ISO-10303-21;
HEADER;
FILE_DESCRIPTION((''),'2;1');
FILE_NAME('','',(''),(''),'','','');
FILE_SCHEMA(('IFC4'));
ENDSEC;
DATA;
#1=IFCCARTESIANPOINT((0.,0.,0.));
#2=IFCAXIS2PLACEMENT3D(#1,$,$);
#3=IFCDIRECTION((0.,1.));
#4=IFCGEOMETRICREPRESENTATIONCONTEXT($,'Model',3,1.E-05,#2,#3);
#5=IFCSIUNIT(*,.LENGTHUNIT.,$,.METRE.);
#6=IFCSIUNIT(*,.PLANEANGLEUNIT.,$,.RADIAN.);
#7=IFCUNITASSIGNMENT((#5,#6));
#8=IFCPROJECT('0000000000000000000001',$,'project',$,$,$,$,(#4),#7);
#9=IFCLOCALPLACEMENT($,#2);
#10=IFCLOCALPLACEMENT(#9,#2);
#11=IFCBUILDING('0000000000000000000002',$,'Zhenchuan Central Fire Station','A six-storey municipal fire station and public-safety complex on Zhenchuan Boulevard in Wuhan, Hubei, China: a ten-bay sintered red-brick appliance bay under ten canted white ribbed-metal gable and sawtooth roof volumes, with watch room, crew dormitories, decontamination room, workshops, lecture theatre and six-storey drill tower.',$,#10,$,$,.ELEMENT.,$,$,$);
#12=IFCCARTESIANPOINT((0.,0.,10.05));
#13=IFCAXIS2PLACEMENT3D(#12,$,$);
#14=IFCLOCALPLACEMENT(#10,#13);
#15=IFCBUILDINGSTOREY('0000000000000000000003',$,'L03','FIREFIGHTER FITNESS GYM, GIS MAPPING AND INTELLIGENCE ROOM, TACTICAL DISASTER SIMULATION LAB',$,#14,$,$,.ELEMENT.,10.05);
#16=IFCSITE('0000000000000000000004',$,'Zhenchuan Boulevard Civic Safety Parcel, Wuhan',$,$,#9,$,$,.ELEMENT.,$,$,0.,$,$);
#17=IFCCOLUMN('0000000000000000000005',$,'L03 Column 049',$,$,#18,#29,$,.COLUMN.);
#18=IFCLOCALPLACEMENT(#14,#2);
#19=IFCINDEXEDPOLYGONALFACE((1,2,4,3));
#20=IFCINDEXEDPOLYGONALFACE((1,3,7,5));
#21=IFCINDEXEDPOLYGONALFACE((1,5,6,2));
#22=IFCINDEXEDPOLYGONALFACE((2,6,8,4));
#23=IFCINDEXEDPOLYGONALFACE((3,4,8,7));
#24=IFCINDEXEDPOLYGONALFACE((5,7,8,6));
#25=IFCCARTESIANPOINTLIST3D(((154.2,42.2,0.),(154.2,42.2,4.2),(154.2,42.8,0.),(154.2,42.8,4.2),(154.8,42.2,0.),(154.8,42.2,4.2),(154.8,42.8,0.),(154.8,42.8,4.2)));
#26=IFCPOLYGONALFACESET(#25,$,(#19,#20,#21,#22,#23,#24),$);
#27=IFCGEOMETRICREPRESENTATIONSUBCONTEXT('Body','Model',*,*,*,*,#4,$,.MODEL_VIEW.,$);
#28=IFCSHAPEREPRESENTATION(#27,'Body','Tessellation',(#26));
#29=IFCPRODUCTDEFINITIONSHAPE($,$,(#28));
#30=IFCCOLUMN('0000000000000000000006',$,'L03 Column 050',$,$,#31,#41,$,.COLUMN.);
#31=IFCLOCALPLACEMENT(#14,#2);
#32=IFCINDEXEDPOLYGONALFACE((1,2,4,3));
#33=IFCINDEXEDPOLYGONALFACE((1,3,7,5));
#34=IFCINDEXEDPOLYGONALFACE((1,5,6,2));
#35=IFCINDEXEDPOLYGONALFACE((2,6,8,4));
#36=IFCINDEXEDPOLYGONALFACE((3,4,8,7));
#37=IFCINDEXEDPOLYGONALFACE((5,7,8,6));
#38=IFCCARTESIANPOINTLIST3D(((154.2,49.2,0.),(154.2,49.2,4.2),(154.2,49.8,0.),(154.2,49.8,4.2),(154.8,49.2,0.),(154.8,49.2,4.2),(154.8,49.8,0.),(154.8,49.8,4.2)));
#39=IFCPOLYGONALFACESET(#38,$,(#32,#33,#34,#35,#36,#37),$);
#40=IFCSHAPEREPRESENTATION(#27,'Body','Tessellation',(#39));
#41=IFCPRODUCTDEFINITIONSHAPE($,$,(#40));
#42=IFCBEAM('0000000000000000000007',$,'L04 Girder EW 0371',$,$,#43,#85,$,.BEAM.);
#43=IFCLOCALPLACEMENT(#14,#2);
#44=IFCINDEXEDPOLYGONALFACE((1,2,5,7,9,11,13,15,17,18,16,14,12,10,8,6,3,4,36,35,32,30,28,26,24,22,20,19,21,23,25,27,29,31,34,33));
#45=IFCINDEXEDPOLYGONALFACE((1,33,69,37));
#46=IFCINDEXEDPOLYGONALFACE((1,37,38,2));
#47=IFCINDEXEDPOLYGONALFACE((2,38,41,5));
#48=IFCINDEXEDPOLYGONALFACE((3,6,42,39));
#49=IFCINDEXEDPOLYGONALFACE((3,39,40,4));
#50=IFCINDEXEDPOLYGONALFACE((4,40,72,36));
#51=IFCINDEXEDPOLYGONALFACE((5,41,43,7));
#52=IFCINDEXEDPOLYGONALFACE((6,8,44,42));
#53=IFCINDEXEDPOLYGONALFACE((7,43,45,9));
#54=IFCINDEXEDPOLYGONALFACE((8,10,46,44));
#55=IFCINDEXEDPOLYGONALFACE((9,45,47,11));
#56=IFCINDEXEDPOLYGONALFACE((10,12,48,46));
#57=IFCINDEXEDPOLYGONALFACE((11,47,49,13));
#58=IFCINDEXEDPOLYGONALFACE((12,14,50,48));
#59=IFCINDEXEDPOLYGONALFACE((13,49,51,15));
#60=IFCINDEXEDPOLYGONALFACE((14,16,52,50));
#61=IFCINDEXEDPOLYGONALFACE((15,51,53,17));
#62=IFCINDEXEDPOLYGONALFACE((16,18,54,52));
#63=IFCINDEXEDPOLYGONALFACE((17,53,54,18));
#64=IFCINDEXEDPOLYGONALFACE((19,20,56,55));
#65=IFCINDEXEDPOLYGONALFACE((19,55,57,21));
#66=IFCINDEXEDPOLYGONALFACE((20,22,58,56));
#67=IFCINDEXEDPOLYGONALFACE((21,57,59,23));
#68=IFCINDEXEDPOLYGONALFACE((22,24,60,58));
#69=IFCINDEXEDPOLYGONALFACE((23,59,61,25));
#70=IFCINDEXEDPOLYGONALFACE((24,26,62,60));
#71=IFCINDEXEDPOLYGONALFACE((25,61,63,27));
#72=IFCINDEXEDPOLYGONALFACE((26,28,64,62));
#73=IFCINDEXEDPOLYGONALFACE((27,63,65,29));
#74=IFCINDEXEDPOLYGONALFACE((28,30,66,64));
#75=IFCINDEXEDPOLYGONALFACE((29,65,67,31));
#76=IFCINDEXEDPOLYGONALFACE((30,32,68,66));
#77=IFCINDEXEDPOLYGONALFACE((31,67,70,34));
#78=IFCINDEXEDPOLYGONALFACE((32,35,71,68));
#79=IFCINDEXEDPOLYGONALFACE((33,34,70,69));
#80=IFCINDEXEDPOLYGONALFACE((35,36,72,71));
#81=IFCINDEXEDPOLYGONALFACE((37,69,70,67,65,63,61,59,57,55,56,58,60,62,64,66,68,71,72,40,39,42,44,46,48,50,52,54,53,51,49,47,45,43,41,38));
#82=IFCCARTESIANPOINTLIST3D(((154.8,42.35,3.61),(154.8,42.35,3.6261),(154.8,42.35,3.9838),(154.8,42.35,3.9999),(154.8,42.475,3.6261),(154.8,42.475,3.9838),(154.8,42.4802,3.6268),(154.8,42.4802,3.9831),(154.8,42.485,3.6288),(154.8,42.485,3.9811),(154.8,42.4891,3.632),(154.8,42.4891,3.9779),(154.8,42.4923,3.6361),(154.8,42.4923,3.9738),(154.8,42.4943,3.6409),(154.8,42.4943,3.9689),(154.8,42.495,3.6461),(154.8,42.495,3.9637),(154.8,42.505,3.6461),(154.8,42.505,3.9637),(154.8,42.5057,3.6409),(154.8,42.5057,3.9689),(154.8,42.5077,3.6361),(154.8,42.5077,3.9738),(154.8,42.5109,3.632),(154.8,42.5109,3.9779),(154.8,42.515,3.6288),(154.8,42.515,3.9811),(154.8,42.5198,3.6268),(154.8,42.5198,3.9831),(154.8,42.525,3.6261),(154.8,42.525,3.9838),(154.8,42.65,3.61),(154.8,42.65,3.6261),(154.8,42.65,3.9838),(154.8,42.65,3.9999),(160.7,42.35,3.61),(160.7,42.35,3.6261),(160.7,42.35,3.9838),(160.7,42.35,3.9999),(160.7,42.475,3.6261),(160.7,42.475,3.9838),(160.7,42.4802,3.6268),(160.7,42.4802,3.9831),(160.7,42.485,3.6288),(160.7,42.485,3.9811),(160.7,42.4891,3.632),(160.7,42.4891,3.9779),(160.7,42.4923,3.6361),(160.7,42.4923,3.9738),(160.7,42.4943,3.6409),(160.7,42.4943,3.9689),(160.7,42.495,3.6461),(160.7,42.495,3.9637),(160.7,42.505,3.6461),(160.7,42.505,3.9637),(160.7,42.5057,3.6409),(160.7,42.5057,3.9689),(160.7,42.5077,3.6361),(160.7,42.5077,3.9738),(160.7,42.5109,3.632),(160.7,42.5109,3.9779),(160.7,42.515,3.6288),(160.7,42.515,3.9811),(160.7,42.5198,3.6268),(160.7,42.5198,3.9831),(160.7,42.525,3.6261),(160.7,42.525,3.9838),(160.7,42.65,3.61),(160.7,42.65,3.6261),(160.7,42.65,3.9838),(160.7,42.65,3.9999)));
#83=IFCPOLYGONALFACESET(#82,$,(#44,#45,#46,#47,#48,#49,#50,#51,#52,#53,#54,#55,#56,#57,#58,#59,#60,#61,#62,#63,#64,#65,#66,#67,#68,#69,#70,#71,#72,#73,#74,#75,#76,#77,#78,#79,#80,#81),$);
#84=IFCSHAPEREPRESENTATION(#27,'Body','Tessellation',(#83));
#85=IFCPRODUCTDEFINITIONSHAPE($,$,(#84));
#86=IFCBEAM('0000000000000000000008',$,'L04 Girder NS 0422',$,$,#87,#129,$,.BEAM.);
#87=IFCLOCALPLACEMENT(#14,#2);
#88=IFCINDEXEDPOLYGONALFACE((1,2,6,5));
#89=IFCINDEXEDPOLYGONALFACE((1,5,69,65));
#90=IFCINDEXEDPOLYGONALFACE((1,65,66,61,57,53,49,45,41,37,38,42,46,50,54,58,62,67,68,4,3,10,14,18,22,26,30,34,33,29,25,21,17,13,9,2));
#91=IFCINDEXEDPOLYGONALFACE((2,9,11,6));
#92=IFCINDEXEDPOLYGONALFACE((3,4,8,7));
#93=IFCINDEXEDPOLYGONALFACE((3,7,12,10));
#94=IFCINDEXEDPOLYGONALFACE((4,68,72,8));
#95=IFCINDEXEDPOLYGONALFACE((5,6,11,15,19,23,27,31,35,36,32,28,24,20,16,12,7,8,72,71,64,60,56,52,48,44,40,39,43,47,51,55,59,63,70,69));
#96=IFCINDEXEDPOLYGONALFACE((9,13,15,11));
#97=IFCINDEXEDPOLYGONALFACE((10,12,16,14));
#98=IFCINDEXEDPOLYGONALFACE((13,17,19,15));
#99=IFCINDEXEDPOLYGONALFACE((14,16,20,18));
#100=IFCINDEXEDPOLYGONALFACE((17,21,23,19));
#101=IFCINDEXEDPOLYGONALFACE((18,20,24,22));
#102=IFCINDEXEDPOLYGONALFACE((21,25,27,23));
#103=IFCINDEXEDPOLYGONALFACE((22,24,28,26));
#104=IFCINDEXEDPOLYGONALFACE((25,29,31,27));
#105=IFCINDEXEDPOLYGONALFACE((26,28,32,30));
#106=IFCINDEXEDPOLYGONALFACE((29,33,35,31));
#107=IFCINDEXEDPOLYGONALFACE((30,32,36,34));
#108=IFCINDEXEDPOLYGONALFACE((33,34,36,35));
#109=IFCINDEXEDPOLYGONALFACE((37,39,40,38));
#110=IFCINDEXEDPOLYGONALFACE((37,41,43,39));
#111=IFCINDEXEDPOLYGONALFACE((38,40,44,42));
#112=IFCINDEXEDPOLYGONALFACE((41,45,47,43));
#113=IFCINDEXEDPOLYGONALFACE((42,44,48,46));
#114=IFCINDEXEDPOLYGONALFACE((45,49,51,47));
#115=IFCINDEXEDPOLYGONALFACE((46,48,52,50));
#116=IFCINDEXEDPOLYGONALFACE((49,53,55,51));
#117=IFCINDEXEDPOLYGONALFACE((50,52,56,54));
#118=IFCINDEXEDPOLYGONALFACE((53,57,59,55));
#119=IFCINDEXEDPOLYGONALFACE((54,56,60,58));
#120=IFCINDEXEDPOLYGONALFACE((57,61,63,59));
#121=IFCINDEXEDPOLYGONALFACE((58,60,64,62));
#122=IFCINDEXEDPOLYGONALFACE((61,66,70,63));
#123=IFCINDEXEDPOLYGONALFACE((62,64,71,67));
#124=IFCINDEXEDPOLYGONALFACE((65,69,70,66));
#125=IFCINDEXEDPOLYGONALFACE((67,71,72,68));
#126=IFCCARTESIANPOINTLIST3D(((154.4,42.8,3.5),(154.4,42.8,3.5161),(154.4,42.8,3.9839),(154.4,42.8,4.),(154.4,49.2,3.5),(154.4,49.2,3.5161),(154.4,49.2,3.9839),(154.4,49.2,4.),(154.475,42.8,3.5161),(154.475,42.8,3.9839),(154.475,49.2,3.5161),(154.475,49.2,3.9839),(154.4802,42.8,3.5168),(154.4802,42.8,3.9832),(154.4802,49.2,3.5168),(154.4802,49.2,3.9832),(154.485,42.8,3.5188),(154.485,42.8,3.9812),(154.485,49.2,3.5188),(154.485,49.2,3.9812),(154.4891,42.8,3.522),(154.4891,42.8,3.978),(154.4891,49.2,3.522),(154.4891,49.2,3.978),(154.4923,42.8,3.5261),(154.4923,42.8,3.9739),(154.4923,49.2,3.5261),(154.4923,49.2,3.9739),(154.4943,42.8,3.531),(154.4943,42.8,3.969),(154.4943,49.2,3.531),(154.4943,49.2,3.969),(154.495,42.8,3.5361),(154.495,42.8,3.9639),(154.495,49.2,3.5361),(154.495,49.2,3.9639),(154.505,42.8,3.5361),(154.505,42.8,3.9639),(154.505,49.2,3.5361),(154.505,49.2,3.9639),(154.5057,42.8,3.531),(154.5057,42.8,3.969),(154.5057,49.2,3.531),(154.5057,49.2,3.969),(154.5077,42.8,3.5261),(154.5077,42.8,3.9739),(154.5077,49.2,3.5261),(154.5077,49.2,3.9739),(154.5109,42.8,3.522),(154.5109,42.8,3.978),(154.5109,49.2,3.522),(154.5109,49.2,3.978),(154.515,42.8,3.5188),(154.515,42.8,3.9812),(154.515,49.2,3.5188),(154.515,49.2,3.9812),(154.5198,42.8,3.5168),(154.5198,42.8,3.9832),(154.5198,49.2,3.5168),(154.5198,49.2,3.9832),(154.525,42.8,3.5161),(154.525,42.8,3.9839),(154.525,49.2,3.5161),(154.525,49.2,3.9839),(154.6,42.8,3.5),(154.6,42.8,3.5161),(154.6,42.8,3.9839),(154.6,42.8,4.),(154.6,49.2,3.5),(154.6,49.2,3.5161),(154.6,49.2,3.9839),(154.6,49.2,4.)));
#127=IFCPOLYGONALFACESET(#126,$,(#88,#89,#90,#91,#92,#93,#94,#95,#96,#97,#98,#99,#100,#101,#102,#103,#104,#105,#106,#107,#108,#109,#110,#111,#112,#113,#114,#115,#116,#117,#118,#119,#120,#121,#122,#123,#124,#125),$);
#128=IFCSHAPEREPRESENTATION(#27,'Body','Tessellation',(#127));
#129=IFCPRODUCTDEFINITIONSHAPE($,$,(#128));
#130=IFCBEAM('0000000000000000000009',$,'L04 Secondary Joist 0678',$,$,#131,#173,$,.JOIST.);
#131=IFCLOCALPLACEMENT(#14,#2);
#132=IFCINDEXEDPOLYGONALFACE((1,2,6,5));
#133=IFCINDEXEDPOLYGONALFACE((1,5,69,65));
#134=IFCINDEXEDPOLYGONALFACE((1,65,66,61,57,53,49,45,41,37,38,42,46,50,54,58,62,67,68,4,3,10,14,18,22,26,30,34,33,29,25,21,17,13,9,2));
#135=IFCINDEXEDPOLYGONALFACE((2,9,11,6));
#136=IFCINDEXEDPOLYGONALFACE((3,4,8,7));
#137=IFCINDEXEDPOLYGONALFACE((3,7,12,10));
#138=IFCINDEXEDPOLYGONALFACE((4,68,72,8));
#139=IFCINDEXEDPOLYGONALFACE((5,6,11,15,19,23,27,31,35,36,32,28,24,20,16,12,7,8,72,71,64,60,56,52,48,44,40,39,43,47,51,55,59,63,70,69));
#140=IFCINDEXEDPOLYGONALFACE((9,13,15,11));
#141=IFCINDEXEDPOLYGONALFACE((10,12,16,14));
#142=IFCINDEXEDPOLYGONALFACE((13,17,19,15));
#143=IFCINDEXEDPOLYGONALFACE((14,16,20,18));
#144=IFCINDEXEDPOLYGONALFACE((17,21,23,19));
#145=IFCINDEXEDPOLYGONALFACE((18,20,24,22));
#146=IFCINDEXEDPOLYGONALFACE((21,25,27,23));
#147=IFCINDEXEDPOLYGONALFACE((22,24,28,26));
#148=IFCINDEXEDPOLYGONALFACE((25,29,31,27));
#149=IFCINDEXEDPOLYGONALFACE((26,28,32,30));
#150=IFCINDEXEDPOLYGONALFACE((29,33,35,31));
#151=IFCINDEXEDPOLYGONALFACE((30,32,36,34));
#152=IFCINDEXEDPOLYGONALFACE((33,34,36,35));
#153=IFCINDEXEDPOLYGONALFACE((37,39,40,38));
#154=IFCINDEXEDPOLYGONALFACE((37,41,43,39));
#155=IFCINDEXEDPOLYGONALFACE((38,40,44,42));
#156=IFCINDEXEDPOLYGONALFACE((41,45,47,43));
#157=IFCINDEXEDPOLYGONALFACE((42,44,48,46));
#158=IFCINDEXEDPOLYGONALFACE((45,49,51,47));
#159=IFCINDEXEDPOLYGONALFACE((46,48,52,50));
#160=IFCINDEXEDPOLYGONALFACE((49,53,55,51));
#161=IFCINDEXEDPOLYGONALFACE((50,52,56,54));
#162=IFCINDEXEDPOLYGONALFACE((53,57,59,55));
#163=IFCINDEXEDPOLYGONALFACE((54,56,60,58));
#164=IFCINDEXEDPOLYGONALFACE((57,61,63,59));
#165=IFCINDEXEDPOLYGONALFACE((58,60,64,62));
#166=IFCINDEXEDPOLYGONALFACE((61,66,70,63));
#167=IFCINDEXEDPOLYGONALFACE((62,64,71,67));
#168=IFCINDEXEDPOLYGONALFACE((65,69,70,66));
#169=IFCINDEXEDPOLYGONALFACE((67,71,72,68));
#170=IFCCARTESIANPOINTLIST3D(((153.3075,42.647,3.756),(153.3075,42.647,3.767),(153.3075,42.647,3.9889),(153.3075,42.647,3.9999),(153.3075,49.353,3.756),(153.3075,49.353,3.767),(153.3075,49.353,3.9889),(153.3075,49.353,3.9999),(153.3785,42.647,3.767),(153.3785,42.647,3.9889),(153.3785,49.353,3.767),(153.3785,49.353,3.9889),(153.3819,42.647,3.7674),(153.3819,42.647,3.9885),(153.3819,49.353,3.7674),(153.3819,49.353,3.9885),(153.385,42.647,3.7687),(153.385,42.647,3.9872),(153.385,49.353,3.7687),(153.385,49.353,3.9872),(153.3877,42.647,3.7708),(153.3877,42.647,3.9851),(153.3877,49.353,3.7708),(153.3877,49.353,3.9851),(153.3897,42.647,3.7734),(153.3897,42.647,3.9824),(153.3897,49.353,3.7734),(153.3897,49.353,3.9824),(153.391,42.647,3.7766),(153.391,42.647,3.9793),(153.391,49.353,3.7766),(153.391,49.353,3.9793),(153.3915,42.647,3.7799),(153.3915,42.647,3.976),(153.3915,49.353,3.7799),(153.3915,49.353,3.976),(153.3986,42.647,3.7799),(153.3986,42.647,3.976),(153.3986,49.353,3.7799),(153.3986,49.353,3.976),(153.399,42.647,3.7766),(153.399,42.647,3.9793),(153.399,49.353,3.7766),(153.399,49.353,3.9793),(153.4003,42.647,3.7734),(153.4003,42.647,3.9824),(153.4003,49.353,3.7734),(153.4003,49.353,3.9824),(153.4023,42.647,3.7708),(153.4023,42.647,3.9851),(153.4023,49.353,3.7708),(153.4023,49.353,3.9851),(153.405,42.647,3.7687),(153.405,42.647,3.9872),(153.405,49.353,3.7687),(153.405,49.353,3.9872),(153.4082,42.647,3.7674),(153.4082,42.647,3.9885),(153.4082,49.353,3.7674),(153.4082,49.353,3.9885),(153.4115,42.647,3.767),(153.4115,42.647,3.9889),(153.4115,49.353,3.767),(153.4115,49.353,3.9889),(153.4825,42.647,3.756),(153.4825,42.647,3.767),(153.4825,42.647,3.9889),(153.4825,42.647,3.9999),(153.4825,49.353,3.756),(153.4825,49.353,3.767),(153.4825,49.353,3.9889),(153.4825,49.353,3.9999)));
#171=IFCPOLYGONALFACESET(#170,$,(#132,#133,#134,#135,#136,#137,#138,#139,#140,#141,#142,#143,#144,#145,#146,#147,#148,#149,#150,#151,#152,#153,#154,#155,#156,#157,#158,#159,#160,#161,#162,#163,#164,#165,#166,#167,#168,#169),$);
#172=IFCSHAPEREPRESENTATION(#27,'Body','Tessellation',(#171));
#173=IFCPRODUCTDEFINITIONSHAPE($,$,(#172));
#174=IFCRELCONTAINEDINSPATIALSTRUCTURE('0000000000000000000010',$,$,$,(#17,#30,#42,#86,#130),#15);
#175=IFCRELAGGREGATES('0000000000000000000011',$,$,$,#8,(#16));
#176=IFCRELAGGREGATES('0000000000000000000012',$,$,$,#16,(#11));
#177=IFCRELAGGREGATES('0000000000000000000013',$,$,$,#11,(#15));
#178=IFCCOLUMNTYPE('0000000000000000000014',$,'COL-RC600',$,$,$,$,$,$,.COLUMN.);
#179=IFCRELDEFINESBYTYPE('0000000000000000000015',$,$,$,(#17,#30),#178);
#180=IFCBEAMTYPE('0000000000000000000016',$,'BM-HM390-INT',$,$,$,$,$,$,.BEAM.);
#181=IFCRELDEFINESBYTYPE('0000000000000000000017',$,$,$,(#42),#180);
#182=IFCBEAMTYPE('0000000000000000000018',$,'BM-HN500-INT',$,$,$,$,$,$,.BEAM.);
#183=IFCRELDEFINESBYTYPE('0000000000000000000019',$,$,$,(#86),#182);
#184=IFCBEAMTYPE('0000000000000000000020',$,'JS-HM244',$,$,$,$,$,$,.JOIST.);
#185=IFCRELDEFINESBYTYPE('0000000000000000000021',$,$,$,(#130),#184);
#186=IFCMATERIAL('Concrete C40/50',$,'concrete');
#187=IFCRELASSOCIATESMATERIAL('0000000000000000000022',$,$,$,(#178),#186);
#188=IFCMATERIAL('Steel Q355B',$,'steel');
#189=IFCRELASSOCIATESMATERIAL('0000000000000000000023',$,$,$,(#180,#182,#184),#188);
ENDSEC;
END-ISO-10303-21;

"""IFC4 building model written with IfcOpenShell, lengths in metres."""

from ifc_helpers import new_model, si_unit, direction, frame, origin, origin_2d, place, context, subcontext, project, spatial, rectangle, i_section, extrude, material, material_profile, profile_set, type_object, element, save


model = new_model("IFC4")

# Units and contexts
model_context = context("Model", 3, precision=1e-05, world=origin(), true_north=direction((0.0, 1.0)))
body_context = subcontext(model_context, "Body", "Model", "MODEL_VIEW")
ifc_project = project(units=[si_unit("LENGTHUNIT", "METRE"), si_unit("PLANEANGLEUNIT", "RADIAN")], contexts=[model_context])

# Site, building, storey
site_placement = place(None, origin())
site = spatial("IfcSite", under=ifc_project, at=site_placement, Name="Zhenchuan Boulevard Civic Safety Parcel, Wuhan", CompositionType="ELEMENT", RefElevation=0.0)
building_placement = place(site_placement, origin())
building = spatial("IfcBuilding", under=site, at=building_placement, Name="Zhenchuan Central Fire Station", Description="A six-storey municipal fire station and public-safety complex on Zhenchuan Boulevard in Wuhan, Hubei, China: a ten-bay sintered red-brick appliance bay under ten canted white ribbed-metal gable and sawtooth roof volumes, with watch room, crew dormitories, decontamination room, workshops, lecture theatre and six-storey drill tower.", CompositionType="ELEMENT")
storey_placement = place(building_placement, frame((0.0, 0.0, 10.05)))
storey = spatial("IfcBuildingStorey", under=building, at=storey_placement, Name="L03", Description="FIREFIGHTER FITNESS GYM, GIS MAPPING AND INTELLIGENCE ROOM, TACTICAL DISASTER SIMULATION LAB", CompositionType="ELEMENT", Elevation=10.05)

# Columns
ifc_material_1 = material(Name="Concrete C40/50", Category="concrete")
ifc_material_profile_1 = material_profile(ifc_material_1, rectangle(XDim=0.6001, YDim=0.6001, at=origin_2d()), Name="RC 600x600")
ifc_profile_set_1 = profile_set([ifc_material_profile_1], Name="Concrete C40/50")
column_type = type_object("IfcColumnType", Name="COL-RC600", PredefinedType="COLUMN", material=ifc_profile_set_1)
for number, where, z_axis, x_axis, name in (
    (1, (154.5, 42.5, 0.0), (0.0, 0.0, 1.0), (1.0, 0.0, 0.0), "L03 Column 049"),
    (2, (154.5, 49.5, 0.0), (0.0, 0.0, 1.0), (1.0, 0.0, 0.0), "L03 Column 050"),
):
    element("IfcColumn", number, at=place(storey_placement, frame(where, z_axis=z_axis, x_axis=x_axis)), inside=storey, type_object=column_type, Name=name, PredefinedType="COLUMN", context=body_context, shape_type="SweptSolid", body=[
        extrude(rectangle(XDim=0.6001, YDim=0.6001, at=origin_2d()), origin(), (0.0, 0.0, 1.0), 4.2),
    ])

# Beams
ifc_material_2 = material(Name="Steel Q355B", Category="steel")
ifc_material_profile_2 = material_profile(ifc_material_2, i_section(OverallWidth=0.3, OverallDepth=0.3899, WebThickness=0.01, FlangeThickness=0.0161, FilletRadius=0.02, at=origin_2d()), Name="HM 390x300")
ifc_profile_set_2 = profile_set([ifc_material_profile_2], Name="Steel Q355B")
beam_type_1 = type_object("IfcBeamType", Name="BM-HM390-INT", PredefinedType="BEAM", material=ifc_profile_set_2)
beam_1_placement = place(storey_placement, frame((154.8, 42.5, 3.8049), z_axis=(1.0, 0.0, 0.0), x_axis=(0.0, 1.0, 0.0)))
element("IfcBeam", 3, at=beam_1_placement, inside=storey, type_object=beam_type_1, Name="L04 Girder EW 0371", PredefinedType="BEAM", context=body_context, shape_type="SweptSolid", body=[
    extrude(i_section(OverallWidth=0.3, OverallDepth=0.3899, WebThickness=0.01, FlangeThickness=0.0161, FilletRadius=0.02, at=origin_2d()), origin(), (0.0, 0.0, 1.0), 5.8999),
])
ifc_material_profile_3 = material_profile(ifc_material_2, i_section(OverallWidth=0.2, OverallDepth=0.5, WebThickness=0.01, FlangeThickness=0.0161, FilletRadius=0.02, at=origin_2d()), Name="HN 500x200")
ifc_profile_set_3 = profile_set([ifc_material_profile_3], Name="Steel Q355B")
beam_type_2 = type_object("IfcBeamType", Name="BM-HN500-INT", PredefinedType="BEAM", material=ifc_profile_set_3)
beam_2_placement = place(storey_placement, frame((154.5, 42.8, 3.75), z_axis=(0.0, 1.0, 0.0), x_axis=(-1.0, 0.0, 0.0)))
element("IfcBeam", 4, at=beam_2_placement, inside=storey, type_object=beam_type_2, Name="L04 Girder NS 0422", PredefinedType="BEAM", context=body_context, shape_type="SweptSolid", body=[
    extrude(i_section(OverallWidth=0.2, OverallDepth=0.5, WebThickness=0.01, FlangeThickness=0.0161, FilletRadius=0.02, at=origin_2d()), origin(), (0.0, 0.0, 1.0), 6.3999),
])
ifc_material_profile_4 = material_profile(ifc_material_2, i_section(OverallWidth=0.175, OverallDepth=0.2439, WebThickness=0.0071, FlangeThickness=0.011, FilletRadius=0.0129, at=origin_2d()), Name="HM 244x175")
ifc_profile_set_4 = profile_set([ifc_material_profile_4], Name="Steel Q355B")
beam_type_3 = type_object("IfcBeamType", Name="JS-HM244", PredefinedType="JOIST", material=ifc_profile_set_4)
for number, where, z_axis, x_axis, name in (
    (5, (153.395, 42.647, 3.8779), (0.0, 1.0, 0.0), (-1.0, 0.0, 0.0), "L04 Secondary Joist 0678"),
):
    element("IfcBeam", number, at=place(storey_placement, frame(where, z_axis=z_axis, x_axis=x_axis)), inside=storey, type_object=beam_type_3, Name=name, PredefinedType="JOIST", context=body_context, shape_type="SweptSolid", body=[
        extrude(i_section(OverallWidth=0.175, OverallDepth=0.2439, WebThickness=0.0071, FlangeThickness=0.011, FilletRadius=0.0129, at=origin_2d()), origin(), (0.0, 0.0, 1.0), 6.7061),
    ])

save(model, "model.ifc")
